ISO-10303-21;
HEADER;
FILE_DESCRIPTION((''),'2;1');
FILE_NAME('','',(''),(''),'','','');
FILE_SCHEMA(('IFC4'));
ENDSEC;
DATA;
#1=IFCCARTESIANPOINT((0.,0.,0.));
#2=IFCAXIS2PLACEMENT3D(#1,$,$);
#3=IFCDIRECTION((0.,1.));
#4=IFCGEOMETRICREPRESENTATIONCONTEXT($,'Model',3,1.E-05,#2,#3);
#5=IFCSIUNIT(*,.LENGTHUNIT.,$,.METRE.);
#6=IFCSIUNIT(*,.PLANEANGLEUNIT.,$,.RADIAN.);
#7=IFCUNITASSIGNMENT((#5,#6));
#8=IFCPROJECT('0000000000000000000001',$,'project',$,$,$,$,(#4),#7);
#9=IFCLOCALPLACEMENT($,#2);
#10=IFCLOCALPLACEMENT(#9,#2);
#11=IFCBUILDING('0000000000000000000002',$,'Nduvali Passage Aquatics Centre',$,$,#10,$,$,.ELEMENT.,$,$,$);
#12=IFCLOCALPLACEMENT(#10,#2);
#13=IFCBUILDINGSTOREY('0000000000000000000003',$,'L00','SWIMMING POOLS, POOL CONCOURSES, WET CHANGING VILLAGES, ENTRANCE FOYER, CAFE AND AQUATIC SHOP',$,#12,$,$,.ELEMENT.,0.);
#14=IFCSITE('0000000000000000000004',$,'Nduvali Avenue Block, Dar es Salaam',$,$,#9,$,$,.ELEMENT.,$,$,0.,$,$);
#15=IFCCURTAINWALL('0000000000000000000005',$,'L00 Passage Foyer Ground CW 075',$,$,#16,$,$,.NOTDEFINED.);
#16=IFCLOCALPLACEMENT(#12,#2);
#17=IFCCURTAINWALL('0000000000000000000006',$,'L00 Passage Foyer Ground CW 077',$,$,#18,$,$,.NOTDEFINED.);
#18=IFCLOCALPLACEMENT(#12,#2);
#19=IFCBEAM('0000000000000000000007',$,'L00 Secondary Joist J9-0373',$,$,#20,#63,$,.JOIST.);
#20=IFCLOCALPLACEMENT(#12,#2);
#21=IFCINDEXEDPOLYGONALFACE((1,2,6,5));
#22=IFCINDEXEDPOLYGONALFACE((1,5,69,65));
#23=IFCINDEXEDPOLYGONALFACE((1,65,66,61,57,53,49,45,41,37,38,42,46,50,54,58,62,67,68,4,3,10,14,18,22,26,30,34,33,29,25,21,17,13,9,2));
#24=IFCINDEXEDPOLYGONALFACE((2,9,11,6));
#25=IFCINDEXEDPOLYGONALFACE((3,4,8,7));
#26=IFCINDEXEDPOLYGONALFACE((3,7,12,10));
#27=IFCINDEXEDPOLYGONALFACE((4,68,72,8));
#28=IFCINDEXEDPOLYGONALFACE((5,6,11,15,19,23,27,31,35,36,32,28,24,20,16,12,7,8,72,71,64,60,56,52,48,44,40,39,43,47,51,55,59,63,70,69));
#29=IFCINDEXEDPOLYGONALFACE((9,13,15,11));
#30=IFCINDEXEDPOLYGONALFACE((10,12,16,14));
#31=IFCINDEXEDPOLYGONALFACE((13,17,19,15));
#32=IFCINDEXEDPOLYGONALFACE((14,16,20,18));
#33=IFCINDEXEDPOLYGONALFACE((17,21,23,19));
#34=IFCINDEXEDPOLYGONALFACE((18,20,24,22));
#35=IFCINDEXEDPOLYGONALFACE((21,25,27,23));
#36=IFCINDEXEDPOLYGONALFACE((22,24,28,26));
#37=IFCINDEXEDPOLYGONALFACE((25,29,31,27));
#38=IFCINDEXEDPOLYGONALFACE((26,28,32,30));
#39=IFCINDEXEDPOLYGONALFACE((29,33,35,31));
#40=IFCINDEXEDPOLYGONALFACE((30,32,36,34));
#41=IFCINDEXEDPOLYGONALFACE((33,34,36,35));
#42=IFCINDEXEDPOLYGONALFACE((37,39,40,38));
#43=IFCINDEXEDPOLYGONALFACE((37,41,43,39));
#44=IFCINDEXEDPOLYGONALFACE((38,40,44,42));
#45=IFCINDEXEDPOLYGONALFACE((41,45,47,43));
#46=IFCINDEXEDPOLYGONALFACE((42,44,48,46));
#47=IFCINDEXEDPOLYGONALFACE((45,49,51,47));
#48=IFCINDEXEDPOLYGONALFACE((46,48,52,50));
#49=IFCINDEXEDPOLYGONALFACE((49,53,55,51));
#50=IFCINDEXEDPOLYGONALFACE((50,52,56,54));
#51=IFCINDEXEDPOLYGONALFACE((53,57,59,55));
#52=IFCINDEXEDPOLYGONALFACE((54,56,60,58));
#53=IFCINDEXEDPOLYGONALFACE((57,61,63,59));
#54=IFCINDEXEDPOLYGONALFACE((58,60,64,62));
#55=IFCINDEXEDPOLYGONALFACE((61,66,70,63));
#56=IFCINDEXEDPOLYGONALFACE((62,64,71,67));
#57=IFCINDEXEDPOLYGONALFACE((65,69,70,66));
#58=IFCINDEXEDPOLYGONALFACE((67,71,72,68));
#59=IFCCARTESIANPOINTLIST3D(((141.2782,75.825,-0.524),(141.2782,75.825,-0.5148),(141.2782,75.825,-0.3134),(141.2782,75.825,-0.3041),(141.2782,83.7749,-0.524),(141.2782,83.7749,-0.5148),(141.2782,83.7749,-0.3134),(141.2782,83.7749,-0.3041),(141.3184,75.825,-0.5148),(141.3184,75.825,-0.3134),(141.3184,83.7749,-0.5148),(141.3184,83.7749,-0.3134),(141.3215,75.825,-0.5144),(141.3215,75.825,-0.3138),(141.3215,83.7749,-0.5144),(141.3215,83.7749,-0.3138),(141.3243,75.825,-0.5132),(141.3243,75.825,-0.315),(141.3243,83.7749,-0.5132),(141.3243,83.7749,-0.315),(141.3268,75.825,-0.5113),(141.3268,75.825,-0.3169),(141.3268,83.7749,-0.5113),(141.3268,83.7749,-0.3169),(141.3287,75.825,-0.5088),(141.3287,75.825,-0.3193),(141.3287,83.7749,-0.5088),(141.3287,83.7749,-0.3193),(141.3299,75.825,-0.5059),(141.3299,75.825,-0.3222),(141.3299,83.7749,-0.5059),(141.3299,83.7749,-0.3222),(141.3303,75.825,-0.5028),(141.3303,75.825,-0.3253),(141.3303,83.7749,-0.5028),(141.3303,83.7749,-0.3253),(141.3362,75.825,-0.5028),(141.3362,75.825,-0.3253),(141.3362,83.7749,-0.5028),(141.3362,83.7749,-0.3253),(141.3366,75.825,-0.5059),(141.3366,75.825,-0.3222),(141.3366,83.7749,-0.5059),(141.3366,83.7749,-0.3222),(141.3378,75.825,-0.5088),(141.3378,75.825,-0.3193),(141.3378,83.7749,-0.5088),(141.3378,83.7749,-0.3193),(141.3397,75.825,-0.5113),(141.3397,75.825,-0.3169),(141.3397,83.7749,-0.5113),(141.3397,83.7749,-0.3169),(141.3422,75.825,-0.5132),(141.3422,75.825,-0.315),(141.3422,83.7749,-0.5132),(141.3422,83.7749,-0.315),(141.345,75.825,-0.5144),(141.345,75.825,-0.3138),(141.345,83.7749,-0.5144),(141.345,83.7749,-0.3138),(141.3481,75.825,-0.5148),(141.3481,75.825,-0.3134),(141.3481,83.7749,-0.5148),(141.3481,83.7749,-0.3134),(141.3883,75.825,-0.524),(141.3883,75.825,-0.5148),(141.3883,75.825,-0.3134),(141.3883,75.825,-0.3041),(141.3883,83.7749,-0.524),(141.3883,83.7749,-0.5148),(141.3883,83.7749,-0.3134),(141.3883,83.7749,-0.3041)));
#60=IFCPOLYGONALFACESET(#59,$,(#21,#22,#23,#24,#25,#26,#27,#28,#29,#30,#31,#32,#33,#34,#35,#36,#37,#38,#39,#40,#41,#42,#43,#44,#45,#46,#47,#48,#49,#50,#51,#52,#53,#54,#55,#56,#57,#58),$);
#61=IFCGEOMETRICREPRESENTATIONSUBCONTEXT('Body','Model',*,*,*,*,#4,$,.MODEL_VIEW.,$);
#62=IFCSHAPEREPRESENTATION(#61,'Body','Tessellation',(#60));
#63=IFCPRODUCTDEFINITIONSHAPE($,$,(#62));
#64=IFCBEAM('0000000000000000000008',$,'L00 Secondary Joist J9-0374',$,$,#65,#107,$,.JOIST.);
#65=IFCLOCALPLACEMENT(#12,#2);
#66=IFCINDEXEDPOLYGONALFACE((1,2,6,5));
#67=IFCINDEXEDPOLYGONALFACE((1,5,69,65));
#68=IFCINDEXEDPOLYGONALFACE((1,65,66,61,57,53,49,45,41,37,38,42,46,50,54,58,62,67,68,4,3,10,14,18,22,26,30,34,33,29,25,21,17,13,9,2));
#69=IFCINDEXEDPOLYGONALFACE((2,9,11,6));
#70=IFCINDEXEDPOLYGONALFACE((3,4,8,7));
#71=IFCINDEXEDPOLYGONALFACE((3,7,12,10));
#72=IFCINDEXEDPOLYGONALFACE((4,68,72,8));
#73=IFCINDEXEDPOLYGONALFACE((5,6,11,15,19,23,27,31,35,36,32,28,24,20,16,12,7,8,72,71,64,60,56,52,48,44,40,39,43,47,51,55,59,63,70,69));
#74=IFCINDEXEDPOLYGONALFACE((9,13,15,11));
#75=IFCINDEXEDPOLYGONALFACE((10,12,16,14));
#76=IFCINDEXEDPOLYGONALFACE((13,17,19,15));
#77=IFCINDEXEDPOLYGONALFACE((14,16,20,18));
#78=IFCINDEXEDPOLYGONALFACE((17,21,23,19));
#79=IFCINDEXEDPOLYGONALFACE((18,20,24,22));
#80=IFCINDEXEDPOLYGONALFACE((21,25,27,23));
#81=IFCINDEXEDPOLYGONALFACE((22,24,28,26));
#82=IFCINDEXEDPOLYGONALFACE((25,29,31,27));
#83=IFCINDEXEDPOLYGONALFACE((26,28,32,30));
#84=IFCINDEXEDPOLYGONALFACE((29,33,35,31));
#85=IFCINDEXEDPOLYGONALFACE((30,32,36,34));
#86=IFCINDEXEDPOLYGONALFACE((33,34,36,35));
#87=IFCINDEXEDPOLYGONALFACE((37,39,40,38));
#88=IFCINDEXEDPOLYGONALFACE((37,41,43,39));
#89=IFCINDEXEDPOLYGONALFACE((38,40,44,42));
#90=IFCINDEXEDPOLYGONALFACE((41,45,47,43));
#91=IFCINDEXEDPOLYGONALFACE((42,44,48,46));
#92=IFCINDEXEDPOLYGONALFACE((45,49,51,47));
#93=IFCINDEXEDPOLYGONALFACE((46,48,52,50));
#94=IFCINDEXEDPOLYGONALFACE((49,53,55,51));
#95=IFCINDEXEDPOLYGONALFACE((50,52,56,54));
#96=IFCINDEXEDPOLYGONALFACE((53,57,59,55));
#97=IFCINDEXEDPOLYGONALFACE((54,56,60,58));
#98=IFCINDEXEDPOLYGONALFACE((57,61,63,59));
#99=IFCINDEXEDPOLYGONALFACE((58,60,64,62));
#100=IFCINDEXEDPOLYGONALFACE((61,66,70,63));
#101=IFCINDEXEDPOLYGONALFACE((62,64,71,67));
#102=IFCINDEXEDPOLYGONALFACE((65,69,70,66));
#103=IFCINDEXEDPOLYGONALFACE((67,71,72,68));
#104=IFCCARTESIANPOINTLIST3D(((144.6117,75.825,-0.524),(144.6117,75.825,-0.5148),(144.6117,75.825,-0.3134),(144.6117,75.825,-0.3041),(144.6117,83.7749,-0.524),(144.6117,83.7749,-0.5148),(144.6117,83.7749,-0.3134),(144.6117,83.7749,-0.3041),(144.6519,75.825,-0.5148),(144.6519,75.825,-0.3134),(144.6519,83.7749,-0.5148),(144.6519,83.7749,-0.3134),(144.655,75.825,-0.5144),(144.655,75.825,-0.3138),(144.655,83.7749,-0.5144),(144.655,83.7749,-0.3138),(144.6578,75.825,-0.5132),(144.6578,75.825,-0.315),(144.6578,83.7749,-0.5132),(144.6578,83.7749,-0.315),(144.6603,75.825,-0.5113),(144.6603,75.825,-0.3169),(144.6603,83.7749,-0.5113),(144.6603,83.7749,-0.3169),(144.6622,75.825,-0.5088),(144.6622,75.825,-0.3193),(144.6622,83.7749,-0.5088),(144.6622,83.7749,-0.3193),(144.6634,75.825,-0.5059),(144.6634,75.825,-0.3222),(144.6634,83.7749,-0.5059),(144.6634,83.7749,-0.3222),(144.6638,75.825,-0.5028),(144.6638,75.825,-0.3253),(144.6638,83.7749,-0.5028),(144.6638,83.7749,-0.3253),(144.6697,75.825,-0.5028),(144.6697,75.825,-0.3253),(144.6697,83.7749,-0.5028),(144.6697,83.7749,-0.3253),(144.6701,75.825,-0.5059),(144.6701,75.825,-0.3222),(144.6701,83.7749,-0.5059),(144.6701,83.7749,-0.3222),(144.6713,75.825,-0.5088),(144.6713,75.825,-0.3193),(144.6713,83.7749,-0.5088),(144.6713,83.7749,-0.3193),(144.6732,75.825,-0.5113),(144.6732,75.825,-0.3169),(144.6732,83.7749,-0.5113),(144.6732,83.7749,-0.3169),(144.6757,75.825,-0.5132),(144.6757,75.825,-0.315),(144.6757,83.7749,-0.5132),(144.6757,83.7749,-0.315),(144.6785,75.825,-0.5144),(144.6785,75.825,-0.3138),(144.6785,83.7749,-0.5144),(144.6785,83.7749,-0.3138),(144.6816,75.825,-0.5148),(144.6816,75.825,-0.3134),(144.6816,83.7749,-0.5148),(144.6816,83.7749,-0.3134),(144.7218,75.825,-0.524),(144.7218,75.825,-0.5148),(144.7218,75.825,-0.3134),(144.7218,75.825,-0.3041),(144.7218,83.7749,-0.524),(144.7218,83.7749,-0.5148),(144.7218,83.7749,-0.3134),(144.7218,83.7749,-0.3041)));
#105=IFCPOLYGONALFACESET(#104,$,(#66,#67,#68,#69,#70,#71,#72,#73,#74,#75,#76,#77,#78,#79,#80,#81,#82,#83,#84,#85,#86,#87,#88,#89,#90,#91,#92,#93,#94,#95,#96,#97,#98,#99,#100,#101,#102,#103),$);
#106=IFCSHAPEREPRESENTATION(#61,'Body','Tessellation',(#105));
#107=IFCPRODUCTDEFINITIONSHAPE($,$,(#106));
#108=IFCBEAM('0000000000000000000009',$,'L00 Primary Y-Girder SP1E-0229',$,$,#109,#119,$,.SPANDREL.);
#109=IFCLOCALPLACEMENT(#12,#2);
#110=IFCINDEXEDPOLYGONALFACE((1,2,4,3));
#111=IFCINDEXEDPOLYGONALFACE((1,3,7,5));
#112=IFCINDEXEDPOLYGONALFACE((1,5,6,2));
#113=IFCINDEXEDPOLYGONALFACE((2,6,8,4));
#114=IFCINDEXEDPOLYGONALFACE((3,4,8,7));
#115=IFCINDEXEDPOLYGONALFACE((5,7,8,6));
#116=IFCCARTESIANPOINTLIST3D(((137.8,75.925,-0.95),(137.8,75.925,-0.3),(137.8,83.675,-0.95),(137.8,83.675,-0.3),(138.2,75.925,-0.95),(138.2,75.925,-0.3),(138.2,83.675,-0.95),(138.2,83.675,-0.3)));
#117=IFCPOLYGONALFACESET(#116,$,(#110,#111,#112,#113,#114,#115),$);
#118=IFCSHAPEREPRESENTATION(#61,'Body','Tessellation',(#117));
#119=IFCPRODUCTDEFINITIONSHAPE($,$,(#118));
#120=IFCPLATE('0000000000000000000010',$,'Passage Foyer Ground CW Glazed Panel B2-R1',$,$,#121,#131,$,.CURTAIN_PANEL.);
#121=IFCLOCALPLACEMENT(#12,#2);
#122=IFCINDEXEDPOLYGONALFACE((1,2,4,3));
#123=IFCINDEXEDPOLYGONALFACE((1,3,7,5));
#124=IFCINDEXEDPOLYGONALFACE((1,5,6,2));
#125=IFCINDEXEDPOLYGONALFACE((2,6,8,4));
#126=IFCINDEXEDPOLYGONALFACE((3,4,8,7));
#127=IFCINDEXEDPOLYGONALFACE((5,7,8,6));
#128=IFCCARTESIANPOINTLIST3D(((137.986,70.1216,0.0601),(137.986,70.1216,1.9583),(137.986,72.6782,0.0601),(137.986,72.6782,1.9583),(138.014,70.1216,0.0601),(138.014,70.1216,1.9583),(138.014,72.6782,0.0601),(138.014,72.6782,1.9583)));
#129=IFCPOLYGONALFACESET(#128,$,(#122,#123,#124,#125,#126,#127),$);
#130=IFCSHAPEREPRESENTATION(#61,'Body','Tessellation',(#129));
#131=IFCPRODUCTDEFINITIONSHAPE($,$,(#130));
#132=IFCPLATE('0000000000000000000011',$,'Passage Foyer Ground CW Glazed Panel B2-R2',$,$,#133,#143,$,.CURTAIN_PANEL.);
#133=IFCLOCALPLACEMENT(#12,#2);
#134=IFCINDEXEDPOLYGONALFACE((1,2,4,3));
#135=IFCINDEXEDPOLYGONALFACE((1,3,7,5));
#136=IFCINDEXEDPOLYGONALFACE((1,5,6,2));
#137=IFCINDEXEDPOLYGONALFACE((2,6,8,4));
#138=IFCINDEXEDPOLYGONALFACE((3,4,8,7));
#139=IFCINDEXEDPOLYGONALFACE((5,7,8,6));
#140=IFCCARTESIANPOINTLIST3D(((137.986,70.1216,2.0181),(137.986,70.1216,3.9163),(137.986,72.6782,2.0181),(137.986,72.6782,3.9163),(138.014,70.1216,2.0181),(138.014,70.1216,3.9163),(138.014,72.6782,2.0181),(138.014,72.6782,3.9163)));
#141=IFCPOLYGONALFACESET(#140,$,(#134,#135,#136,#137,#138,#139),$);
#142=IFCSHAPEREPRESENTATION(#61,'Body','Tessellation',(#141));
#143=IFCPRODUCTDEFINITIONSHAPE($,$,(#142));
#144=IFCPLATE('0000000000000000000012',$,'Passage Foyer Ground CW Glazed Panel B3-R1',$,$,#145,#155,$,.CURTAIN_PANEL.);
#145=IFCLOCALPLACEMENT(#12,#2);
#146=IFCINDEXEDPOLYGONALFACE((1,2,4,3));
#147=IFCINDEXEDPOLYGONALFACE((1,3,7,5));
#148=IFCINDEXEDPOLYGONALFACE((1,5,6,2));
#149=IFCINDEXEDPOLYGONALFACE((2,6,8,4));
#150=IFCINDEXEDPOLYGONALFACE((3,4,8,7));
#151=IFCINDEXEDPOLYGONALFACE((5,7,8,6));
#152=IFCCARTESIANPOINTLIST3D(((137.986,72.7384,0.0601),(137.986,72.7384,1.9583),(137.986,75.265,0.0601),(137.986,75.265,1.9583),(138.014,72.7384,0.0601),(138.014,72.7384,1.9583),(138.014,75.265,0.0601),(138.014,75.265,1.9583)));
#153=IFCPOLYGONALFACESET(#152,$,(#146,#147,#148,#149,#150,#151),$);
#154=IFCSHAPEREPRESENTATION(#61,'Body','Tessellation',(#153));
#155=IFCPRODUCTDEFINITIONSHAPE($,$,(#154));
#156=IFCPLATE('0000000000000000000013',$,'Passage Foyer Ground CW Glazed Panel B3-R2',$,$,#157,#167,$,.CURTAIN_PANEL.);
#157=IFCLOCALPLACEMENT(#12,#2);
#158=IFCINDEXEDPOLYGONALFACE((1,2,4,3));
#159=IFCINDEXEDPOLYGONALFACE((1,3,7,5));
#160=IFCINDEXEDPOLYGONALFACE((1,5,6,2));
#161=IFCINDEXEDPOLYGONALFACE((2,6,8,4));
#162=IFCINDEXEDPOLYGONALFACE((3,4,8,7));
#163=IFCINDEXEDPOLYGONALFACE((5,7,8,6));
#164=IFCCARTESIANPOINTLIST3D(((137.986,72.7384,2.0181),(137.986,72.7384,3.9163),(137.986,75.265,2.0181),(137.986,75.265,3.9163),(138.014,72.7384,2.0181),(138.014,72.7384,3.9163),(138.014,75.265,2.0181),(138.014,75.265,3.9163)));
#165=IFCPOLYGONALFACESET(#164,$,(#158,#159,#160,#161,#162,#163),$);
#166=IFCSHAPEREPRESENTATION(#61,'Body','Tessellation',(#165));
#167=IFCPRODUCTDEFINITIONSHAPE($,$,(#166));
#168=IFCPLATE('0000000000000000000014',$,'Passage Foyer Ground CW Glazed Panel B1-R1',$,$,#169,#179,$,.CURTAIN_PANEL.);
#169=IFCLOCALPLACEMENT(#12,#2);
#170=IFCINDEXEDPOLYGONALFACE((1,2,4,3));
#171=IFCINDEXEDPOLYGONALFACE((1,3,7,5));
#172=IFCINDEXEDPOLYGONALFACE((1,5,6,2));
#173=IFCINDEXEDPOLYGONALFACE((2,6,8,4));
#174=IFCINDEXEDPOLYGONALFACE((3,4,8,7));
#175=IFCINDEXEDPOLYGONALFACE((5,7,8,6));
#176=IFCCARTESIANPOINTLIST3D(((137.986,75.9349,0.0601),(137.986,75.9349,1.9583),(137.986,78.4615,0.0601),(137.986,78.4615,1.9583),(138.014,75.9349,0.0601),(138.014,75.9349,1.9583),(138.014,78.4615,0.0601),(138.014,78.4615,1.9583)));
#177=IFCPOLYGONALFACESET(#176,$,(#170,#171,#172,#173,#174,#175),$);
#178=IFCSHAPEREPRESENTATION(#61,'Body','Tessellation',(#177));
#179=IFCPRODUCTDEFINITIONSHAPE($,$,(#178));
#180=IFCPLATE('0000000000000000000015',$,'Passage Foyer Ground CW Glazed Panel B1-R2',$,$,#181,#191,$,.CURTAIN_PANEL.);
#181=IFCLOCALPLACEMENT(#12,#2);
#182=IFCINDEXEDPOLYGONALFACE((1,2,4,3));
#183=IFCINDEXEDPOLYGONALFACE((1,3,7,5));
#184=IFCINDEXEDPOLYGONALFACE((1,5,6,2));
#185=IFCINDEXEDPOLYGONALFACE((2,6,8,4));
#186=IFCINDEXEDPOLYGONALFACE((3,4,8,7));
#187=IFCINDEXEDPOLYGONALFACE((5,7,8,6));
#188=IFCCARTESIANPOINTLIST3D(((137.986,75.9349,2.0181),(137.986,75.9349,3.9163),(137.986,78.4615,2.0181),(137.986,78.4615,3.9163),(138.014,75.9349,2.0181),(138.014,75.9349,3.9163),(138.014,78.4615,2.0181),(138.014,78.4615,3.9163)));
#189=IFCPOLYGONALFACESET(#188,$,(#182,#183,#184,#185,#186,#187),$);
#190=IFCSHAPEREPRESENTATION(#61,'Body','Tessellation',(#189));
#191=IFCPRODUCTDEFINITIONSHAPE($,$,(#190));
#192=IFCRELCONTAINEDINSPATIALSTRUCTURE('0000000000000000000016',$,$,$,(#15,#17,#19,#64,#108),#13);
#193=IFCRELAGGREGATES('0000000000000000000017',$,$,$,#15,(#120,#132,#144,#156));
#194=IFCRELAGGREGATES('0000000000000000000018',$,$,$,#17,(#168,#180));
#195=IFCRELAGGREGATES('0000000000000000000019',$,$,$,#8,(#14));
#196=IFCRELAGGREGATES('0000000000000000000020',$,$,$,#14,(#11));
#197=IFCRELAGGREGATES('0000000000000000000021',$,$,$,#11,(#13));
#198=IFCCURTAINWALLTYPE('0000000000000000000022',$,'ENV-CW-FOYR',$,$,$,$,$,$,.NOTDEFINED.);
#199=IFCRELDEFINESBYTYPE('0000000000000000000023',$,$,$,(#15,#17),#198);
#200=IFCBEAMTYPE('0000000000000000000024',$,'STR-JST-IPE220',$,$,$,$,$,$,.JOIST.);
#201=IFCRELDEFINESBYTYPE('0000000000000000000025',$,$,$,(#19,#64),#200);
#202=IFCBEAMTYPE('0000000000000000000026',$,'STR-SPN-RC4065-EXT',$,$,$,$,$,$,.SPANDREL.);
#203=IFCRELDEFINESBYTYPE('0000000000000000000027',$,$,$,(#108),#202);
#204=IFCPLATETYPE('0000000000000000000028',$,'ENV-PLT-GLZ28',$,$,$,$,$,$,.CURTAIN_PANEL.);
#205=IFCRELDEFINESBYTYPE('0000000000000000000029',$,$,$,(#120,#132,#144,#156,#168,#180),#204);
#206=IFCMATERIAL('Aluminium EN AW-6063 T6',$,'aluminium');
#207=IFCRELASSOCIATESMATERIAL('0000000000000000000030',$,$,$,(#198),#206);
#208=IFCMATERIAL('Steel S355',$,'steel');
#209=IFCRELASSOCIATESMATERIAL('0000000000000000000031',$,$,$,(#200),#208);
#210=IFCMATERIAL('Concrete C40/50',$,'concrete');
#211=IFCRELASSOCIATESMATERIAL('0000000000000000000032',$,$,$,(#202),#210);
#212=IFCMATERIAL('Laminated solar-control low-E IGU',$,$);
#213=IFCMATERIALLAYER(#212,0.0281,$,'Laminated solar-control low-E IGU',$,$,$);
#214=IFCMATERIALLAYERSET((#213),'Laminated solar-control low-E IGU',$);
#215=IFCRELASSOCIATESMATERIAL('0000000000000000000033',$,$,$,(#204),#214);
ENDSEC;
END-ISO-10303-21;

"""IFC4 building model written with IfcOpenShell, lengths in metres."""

from ifc_helpers import new_model, si_unit, direction, frame, origin, origin_2d, place, context, subcontext, project, spatial, rectangle, i_section, extrude, material, layer, layer_set, material_profile, profile_set, type_object, element, aggregate, save


model = new_model("IFC4")

# Units and contexts
model_context = context("Model", 3, precision=1e-05, world=origin(), true_north=direction((0.0, 1.0)))
body_context = subcontext(model_context, "Body", "Model", "MODEL_VIEW")
ifc_project = project(units=[si_unit("LENGTHUNIT", "METRE"), si_unit("PLANEANGLEUNIT", "RADIAN")], contexts=[model_context])

# Site, building, storey
site_placement = place(None, origin())
site = spatial("IfcSite", under=ifc_project, at=site_placement, Name="Nduvali Avenue Block, Dar es Salaam", CompositionType="ELEMENT", RefElevation=0.0)
building_placement = place(site_placement, origin())
building = spatial("IfcBuilding", under=site, at=building_placement, Name="Nduvali Passage Aquatics Centre", CompositionType="ELEMENT")
storey_placement = place(building_placement, origin())
storey = spatial("IfcBuildingStorey", under=building, at=storey_placement, Name="L00", Description="SWIMMING POOLS, POOL CONCOURSES, WET CHANGING VILLAGES, ENTRANCE FOYER, CAFE AND AQUATIC SHOP", CompositionType="ELEMENT", Elevation=0.0)

# Shared definitions
ifc_material_1 = material(Name="Concrete C40/50", Category="concrete")
ifc_material_2 = material(Name="Steel S355", Category="steel")

# Curtain wall
ifc_material_3 = material(Name="Aluminium EN AW-6063 T6", Category="aluminium")
curtain_wall_type = type_object("IfcCurtainWallType", Name="ENV-CW-FOYR", PredefinedType="NOTDEFINED", material=ifc_material_3)
curtain_wall_1_placement = place(storey_placement, origin())
curtain_wall_1 = element("IfcCurtainWall", 1, at=curtain_wall_1_placement, inside=storey, type_object=curtain_wall_type, Name="L00 Passage Foyer Ground CW 075", PredefinedType="NOTDEFINED")

# Curtain wall
curtain_wall_2_placement = place(storey_placement, origin())
curtain_wall_2 = element("IfcCurtainWall", 2, at=curtain_wall_2_placement, inside=storey, type_object=curtain_wall_type, Name="L00 Passage Foyer Ground CW 077", PredefinedType="NOTDEFINED")

# Beams
ifc_material_profile_1 = material_profile(ifc_material_2, i_section(OverallWidth=0.1101, OverallDepth=0.22, WebThickness=0.0059, FlangeThickness=0.0093, FilletRadius=0.012, at=origin_2d()), Name="IPE 220")
ifc_profile_set_1 = profile_set([ifc_material_profile_1], Name="Steel S355")
beam_type_1 = type_object("IfcBeamType", Name="STR-JST-IPE220", PredefinedType="JOIST", material=ifc_profile_set_1)
for number, where, z_axis, x_axis, name in (
    (3, (141.3333, 75.825, -0.4141), (0.0, 1.0, 0.0), (-1.0, 0.0, 0.0), "L00 Secondary Joist J9-0373"),
    (4, (144.6667, 75.825, -0.4141), (0.0, 1.0, 0.0), (-1.0, 0.0, 0.0), "L00 Secondary Joist J9-0374"),
):
    element("IfcBeam", number, at=place(storey_placement, frame(where, z_axis=z_axis, x_axis=x_axis)), inside=storey, type_object=beam_type_1, Name=name, PredefinedType="JOIST", context=body_context, shape_type="SweptSolid", body=[
        extrude(i_section(OverallWidth=0.1101, OverallDepth=0.22, WebThickness=0.0059, FlangeThickness=0.0093, FilletRadius=0.012, at=origin_2d()), origin(), (0.0, 0.0, 1.0), 7.95),
    ])
ifc_material_profile_2 = material_profile(ifc_material_1, rectangle(XDim=0.3999, YDim=0.6499, at=origin_2d()), Name="RC 400x650")
ifc_profile_set_2 = profile_set([ifc_material_profile_2], Name="Concrete C40/50")
beam_type_2 = type_object("IfcBeamType", Name="STR-SPN-RC4065-EXT", PredefinedType="SPANDREL", material=ifc_profile_set_2)
beam_1_placement = place(storey_placement, frame((138.0, 75.925, -0.625), z_axis=(0.0, 1.0, 0.0), x_axis=(-1.0, 0.0, 0.0)))
element("IfcBeam", 5, at=beam_1_placement, inside=storey, type_object=beam_type_2, Name="L00 Primary Y-Girder SP1E-0229", PredefinedType="SPANDREL", context=body_context, shape_type="SweptSolid", body=[
    extrude(rectangle(XDim=0.3999, YDim=0.6499, at=origin_2d()), origin(), (0.0, 0.0, 1.0), 7.75),
])

# Plates
ifc_material_4 = material(Name="Laminated solar-control low-E IGU")
ifc_layer_1 = layer(ifc_material_4, 0.0281, Name="Laminated solar-control low-E IGU")
ifc_layer_set_1 = layer_set([ifc_layer_1], Name="Laminated solar-control low-E IGU")
plate_type = type_object("IfcPlateType", Name="ENV-PLT-GLZ28", PredefinedType="CURTAIN_PANEL", material=ifc_layer_set_1)
plate_1_placement = place(storey_placement, frame((138.0, 71.3999, 0.0601), z_axis=(0.0, 0.0, 1.0), x_axis=(0.0, 1.0, 0.0)))
plate_1 = element("IfcPlate", 6, at=plate_1_placement, type_object=plate_type, Name="Passage Foyer Ground CW Glazed Panel B2-R1", PredefinedType="CURTAIN_PANEL", context=body_context, shape_type="SweptSolid", body=[
    extrude(rectangle(XDim=2.5566, YDim=0.0281, at=origin_2d()), origin(), (0.0, 0.0, 1.0), 1.8982),
])
plate_2_placement = place(storey_placement, frame((138.0, 71.3999, 2.0181), z_axis=(0.0, 0.0, 1.0), x_axis=(0.0, 1.0, 0.0)))
plate_2 = element("IfcPlate", 7, at=plate_2_placement, type_object=plate_type, Name="Passage Foyer Ground CW Glazed Panel B2-R2", PredefinedType="CURTAIN_PANEL", context=body_context, shape_type="SweptSolid", body=[
    extrude(rectangle(XDim=2.5566, YDim=0.0281, at=origin_2d()), origin(), (0.0, 0.0, 1.0), 1.8982),
])
plate_3_placement = place(storey_placement, frame((138.0, 74.0017, 0.0601), z_axis=(0.0, 0.0, 1.0), x_axis=(0.0, 1.0, 0.0)))
plate_3 = element("IfcPlate", 8, at=plate_3_placement, type_object=plate_type, Name="Passage Foyer Ground CW Glazed Panel B3-R1", PredefinedType="CURTAIN_PANEL", context=body_context, shape_type="SweptSolid", body=[
    extrude(rectangle(XDim=2.5266, YDim=0.0281, at=origin_2d()), origin(), (0.0, 0.0, 1.0), 1.8982),
])
plate_4_placement = place(storey_placement, frame((138.0, 74.0017, 2.0181), z_axis=(0.0, 0.0, 1.0), x_axis=(0.0, 1.0, 0.0)))
plate_4 = element("IfcPlate", 9, at=plate_4_placement, type_object=plate_type, Name="Passage Foyer Ground CW Glazed Panel B3-R2", PredefinedType="CURTAIN_PANEL", context=body_context, shape_type="SweptSolid", body=[
    extrude(rectangle(XDim=2.5266, YDim=0.0281, at=origin_2d()), origin(), (0.0, 0.0, 1.0), 1.8982),
])
aggregate(curtain_wall_1, [plate_1, plate_2, plate_3, plate_4])
plate_5_placement = place(storey_placement, frame((138.0, 77.1982, 0.0601), z_axis=(0.0, 0.0, 1.0), x_axis=(0.0, 1.0, 0.0)))
plate_5 = element("IfcPlate", 10, at=plate_5_placement, type_object=plate_type, Name="Passage Foyer Ground CW Glazed Panel B1-R1", PredefinedType="CURTAIN_PANEL", context=body_context, shape_type="SweptSolid", body=[
    extrude(rectangle(XDim=2.5266, YDim=0.0281, at=origin_2d()), origin(), (0.0, 0.0, 1.0), 1.8982),
])
plate_6_placement = place(storey_placement, frame((138.0, 77.1982, 2.0181), z_axis=(0.0, 0.0, 1.0), x_axis=(0.0, 1.0, 0.0)))
plate_6 = element("IfcPlate", 11, at=plate_6_placement, type_object=plate_type, Name="Passage Foyer Ground CW Glazed Panel B1-R2", PredefinedType="CURTAIN_PANEL", context=body_context, shape_type="SweptSolid", body=[
    extrude(rectangle(XDim=2.5266, YDim=0.0281, at=origin_2d()), origin(), (0.0, 0.0, 1.0), 1.8982),
])
aggregate(curtain_wall_2, [plate_5, plate_6])

save(model, "model.ifc")
